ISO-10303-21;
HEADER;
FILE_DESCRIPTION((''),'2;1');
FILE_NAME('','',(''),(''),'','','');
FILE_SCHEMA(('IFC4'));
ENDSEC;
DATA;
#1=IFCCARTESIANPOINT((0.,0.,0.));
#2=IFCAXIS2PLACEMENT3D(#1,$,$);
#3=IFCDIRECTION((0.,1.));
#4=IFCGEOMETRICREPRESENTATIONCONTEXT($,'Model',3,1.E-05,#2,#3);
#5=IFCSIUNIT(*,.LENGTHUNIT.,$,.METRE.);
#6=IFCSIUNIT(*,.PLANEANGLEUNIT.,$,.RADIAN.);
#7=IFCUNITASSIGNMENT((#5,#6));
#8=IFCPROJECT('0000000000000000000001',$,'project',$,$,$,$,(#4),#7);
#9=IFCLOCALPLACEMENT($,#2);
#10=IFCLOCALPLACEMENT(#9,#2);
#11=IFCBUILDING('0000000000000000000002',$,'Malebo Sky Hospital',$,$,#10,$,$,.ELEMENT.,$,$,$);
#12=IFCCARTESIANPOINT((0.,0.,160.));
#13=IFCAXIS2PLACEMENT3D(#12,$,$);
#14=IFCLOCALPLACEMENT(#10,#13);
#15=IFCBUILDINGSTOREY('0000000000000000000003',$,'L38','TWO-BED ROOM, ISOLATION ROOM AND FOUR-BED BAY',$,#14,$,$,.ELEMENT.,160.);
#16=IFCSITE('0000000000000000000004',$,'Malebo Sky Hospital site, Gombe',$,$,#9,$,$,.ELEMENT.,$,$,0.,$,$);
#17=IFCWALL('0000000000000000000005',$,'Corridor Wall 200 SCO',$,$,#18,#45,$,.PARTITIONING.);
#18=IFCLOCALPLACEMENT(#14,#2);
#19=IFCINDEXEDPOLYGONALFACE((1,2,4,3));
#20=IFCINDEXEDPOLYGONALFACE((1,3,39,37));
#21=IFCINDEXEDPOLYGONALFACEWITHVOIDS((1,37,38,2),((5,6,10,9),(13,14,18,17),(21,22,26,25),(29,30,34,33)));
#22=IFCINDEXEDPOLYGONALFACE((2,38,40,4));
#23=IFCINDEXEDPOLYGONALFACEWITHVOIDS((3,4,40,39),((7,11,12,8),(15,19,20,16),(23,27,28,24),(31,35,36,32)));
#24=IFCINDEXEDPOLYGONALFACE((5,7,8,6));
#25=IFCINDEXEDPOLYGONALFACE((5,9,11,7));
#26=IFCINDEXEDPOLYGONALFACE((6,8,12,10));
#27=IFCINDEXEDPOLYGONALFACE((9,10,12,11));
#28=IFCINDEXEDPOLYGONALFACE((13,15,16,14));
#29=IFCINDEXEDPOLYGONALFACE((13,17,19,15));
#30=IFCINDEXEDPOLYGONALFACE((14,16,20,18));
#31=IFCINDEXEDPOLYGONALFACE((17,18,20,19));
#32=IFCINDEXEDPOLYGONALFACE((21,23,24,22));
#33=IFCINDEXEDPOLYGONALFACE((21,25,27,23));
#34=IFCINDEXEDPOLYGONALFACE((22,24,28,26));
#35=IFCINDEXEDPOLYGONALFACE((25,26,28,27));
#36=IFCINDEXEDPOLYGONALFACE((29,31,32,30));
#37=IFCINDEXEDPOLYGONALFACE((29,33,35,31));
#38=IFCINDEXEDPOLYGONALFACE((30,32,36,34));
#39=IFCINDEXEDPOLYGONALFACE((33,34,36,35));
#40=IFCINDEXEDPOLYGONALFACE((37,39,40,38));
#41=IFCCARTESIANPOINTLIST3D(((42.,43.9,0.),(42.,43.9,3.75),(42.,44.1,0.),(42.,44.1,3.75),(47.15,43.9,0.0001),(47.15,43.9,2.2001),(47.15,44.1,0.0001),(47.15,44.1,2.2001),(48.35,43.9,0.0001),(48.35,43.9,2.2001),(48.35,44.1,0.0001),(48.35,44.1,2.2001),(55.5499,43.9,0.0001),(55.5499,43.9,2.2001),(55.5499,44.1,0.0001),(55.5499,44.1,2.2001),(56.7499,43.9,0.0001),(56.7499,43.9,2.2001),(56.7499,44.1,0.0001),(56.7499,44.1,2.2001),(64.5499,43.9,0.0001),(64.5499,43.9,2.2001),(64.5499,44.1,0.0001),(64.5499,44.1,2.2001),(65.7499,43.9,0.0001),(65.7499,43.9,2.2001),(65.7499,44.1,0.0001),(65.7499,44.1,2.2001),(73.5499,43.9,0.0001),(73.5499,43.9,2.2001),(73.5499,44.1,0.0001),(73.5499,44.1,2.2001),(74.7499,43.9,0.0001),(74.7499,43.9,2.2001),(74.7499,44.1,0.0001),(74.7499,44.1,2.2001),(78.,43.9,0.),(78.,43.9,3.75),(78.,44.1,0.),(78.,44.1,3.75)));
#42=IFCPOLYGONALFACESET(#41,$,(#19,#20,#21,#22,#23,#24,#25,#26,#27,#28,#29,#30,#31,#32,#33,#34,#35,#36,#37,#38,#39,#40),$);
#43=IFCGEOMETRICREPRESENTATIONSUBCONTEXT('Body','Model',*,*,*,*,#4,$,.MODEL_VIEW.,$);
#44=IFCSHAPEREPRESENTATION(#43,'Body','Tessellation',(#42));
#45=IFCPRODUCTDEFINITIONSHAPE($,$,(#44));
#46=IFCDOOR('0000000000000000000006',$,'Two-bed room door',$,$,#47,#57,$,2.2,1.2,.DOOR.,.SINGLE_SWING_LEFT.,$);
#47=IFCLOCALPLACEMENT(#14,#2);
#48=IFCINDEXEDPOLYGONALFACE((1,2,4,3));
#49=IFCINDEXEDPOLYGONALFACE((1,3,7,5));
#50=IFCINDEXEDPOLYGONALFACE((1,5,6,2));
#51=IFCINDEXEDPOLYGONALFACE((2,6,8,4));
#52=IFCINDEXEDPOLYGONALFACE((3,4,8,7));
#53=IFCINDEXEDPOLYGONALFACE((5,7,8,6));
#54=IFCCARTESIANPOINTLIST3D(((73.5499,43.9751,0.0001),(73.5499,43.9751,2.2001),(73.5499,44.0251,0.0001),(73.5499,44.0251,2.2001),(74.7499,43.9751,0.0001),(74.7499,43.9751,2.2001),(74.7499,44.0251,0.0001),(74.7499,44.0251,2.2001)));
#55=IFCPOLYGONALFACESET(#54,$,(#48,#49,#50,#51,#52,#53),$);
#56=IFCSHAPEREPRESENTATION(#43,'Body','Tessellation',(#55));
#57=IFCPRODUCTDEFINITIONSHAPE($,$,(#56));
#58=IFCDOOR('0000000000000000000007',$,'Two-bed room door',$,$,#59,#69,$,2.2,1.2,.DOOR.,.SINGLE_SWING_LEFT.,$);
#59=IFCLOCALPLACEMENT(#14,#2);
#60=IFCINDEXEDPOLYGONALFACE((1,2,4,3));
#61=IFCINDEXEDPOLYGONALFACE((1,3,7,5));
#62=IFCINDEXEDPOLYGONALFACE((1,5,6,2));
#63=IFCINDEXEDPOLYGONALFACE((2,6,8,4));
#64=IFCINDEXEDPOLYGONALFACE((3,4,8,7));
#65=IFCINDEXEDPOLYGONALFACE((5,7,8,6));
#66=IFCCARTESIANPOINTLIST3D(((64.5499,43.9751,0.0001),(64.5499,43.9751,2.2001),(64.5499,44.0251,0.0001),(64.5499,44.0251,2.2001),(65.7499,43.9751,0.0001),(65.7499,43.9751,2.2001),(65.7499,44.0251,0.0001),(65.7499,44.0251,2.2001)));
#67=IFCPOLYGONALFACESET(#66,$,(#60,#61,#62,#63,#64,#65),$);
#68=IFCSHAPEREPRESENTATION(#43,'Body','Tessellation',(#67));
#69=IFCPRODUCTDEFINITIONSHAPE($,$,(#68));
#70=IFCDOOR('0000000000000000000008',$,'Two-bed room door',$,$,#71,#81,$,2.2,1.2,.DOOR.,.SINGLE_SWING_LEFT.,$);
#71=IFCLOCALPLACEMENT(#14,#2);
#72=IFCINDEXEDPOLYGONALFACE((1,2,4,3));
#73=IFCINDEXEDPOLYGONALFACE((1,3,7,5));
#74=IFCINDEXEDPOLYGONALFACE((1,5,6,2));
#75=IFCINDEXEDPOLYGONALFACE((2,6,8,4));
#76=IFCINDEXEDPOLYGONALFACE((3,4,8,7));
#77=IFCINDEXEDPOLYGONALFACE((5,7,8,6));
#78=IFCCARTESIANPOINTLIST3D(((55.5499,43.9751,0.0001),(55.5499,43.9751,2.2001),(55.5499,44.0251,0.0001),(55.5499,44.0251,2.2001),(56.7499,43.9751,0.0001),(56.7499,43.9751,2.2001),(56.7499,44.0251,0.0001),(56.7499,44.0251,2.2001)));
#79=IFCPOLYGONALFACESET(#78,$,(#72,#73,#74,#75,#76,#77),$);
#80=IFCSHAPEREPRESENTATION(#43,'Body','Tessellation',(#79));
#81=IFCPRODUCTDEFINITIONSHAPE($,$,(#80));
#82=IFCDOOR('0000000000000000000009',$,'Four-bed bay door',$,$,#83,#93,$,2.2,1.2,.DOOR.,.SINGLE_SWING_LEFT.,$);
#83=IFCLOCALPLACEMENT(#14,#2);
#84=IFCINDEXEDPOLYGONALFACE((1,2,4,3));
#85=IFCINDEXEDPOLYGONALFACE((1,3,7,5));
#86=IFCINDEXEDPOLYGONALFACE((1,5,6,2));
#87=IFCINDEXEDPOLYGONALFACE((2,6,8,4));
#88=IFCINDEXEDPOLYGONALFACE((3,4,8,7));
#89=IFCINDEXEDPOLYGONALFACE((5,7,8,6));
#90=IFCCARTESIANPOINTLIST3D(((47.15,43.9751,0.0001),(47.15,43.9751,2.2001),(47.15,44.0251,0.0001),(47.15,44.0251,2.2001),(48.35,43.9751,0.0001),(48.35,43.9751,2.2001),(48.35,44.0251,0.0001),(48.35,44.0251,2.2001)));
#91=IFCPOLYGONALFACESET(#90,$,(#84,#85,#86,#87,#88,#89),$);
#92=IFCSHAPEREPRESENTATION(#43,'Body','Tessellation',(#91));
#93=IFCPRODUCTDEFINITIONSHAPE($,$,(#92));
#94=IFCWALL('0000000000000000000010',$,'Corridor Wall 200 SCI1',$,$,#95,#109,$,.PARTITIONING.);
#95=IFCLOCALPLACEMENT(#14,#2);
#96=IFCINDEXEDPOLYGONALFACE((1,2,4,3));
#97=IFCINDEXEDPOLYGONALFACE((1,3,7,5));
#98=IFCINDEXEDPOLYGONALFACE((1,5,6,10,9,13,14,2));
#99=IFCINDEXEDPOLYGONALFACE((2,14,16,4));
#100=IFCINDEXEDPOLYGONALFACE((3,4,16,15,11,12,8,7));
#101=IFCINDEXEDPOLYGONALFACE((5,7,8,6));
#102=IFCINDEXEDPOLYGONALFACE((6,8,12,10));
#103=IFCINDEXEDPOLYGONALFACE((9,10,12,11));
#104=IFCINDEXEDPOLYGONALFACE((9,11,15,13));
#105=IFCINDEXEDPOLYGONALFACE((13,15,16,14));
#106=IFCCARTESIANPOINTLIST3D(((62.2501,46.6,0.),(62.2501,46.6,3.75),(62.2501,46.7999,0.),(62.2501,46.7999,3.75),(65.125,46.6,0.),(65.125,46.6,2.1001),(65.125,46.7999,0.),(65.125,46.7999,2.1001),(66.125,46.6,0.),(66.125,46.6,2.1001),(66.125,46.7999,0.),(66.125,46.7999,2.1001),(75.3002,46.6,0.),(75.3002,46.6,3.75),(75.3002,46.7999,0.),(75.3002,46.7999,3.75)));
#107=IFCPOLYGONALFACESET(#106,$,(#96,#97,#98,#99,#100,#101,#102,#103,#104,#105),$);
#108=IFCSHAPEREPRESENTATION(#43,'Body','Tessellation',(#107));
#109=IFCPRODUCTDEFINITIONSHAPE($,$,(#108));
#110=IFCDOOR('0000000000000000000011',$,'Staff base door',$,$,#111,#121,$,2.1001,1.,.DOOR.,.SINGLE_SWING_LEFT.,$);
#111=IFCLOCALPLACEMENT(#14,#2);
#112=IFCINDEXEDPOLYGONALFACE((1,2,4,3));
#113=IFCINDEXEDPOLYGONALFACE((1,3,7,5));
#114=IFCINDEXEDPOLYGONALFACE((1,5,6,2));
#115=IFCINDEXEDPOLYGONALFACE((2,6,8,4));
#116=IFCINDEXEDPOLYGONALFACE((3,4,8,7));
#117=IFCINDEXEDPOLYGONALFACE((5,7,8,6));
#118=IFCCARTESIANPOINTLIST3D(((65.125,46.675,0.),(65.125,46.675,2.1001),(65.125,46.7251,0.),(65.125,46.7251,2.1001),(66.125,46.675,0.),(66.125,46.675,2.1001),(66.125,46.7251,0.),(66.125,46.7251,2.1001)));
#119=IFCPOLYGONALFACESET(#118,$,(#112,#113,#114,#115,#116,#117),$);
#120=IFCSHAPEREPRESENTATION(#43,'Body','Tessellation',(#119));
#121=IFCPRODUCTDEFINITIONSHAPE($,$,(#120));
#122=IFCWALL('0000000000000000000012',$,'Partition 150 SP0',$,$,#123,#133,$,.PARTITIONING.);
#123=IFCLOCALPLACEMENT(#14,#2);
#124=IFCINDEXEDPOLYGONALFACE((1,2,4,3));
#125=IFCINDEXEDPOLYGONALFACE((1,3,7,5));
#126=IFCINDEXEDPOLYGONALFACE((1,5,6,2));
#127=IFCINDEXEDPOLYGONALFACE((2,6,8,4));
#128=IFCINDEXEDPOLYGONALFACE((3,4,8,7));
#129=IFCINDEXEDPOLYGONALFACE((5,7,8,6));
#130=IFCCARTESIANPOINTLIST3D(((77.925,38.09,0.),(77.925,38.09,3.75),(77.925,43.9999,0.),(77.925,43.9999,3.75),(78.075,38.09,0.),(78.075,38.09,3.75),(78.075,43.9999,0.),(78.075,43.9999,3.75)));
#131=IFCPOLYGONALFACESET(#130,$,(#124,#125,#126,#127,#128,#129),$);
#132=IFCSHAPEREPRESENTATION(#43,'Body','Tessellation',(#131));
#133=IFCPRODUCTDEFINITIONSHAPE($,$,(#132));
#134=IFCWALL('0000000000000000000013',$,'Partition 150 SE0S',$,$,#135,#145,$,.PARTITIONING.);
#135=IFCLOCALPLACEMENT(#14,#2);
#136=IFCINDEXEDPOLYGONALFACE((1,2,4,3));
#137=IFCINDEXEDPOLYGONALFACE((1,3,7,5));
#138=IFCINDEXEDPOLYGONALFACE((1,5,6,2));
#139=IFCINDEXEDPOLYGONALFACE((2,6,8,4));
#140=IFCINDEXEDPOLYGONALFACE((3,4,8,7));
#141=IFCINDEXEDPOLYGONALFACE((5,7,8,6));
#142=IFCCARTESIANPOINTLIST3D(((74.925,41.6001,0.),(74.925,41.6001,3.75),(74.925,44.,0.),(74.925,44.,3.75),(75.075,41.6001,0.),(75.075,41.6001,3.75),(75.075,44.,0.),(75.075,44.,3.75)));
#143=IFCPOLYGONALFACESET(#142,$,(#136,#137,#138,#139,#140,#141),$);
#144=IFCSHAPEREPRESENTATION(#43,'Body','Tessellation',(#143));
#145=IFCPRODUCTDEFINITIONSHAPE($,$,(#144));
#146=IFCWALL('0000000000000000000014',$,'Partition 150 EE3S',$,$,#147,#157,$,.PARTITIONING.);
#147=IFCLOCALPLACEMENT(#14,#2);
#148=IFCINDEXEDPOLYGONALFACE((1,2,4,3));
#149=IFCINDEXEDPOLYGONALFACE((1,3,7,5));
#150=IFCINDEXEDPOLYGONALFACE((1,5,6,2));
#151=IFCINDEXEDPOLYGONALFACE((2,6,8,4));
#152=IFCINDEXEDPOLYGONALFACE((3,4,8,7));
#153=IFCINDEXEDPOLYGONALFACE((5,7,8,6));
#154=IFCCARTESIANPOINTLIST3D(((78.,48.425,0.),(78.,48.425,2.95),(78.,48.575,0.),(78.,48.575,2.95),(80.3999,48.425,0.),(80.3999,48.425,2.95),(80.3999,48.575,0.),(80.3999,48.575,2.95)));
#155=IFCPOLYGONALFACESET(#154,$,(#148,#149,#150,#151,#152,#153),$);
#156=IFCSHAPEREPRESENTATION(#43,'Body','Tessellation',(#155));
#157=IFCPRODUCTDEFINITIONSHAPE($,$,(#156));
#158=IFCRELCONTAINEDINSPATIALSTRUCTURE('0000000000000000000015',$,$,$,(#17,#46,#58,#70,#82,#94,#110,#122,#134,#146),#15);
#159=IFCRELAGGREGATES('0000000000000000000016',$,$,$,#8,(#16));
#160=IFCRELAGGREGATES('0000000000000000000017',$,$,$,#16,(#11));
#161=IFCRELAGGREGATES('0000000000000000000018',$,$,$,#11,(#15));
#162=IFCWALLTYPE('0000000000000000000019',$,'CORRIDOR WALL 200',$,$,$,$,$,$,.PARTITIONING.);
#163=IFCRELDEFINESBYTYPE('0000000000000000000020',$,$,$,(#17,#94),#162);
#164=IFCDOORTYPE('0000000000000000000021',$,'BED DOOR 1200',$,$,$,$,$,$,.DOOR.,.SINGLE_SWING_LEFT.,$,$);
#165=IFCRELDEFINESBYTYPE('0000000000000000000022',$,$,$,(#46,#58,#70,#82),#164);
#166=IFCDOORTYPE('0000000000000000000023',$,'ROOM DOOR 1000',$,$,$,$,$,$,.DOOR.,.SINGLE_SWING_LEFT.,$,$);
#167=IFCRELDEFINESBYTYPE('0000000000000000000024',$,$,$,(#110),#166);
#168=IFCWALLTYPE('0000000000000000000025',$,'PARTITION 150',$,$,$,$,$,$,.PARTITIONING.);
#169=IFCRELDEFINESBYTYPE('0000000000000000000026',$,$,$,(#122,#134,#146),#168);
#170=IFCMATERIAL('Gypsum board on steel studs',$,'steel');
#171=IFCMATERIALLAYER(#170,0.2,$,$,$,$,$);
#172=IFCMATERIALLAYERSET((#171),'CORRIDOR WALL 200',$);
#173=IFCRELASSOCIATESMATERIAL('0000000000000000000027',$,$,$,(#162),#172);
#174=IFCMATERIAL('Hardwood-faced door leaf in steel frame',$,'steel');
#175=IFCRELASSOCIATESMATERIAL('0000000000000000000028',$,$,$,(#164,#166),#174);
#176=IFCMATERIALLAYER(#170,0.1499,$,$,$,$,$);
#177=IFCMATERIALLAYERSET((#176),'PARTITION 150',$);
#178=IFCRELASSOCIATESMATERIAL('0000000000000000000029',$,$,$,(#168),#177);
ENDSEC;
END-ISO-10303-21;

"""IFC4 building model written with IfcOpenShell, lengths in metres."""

from ifc_helpers import new_model, si_unit, direction, frame, frame_2d, origin, place, context, subcontext, project, spatial, rectangle, extrude, material, layer, layer_set, type_object, element, fill, save


model = new_model("IFC4")

# Units and contexts
model_context = context("Model", 3, precision=1e-05, world=origin(), true_north=direction((0.0, 1.0)))
body_context = subcontext(model_context, "Body", "Model", "MODEL_VIEW")
ifc_project = project(units=[si_unit("LENGTHUNIT", "METRE"), si_unit("PLANEANGLEUNIT", "RADIAN")], contexts=[model_context])

# Site, building, storey
site_placement = place(None, origin())
site = spatial("IfcSite", under=ifc_project, at=site_placement, Name="Malebo Sky Hospital site, Gombe", CompositionType="ELEMENT", RefElevation=0.0)
building_placement = place(site_placement, origin())
building = spatial("IfcBuilding", under=site, at=building_placement, Name="Malebo Sky Hospital", CompositionType="ELEMENT")
storey_placement = place(building_placement, frame((0.0, 0.0, 160.0)))
storey = spatial("IfcBuildingStorey", under=building, at=storey_placement, Name="L38", Description="TWO-BED ROOM, ISOLATION ROOM AND FOUR-BED BAY", CompositionType="ELEMENT", Elevation=160.0)

# Wall, openings, doors
ifc_material_1 = material(Name="Gypsum board on steel studs", Category="steel")
ifc_layer_1 = layer(ifc_material_1, 0.2)
ifc_layer_set_1 = layer_set([ifc_layer_1], Name="CORRIDOR WALL 200")
wall_type_1 = type_object("IfcWallType", Name="CORRIDOR WALL 200", PredefinedType="PARTITIONING", material=ifc_layer_set_1)
wall_1_placement = place(storey_placement, frame((78.0, 44.0, 0.0), z_axis=(0.0, 0.0, 1.0), x_axis=(-1.0, 0.0, 0.0)))
wall_1 = element("IfcWall", 1, at=wall_1_placement, inside=storey, type_object=wall_type_1, Name="Corridor Wall 200 SCO", PredefinedType="PARTITIONING", context=body_context, shape_type="SweptSolid", body=[
    extrude(rectangle(XDim=36.0, YDim=0.2, at=frame_2d((18.0, 0.0))), origin(), (0.0, 0.0, 1.0), 3.75),
])
opening_1_placement = place(wall_1_placement, frame((3.25, 0.0, 0.0)))
opening_1 = element("IfcOpeningElement", 2, at=opening_1_placement, cuts=wall_1, PredefinedType="OPENING", context=body_context, shape_type="SweptSolid", body=[
    extrude(rectangle(XDim=1.2, YDim=2.2, at=frame_2d((0.6001, 1.1001))), frame((0.0, 0.1099, 0.0), z_axis=(0.0, -1.0, 0.0), x_axis=(1.0, 0.0, 0.0)), (0.0, 0.0, 1.0), 0.22),
])
opening_2_placement = place(wall_1_placement, frame((12.25, 0.0, 0.0)))
opening_2 = element("IfcOpeningElement", 3, at=opening_2_placement, cuts=wall_1, PredefinedType="OPENING", context=body_context, shape_type="SweptSolid", body=[
    extrude(rectangle(XDim=1.2, YDim=2.2, at=frame_2d((0.6001, 1.1001))), frame((0.0, 0.1099, 0.0), z_axis=(0.0, -1.0, 0.0), x_axis=(1.0, 0.0, 0.0)), (0.0, 0.0, 1.0), 0.22),
])
opening_3_placement = place(wall_1_placement, frame((21.25, 0.0, 0.0)))
opening_3 = element("IfcOpeningElement", 4, at=opening_3_placement, cuts=wall_1, PredefinedType="OPENING", context=body_context, shape_type="SweptSolid", body=[
    extrude(rectangle(XDim=1.2, YDim=2.2, at=frame_2d((0.6001, 1.1001))), frame((0.0, 0.1099, 0.0), z_axis=(0.0, -1.0, 0.0), x_axis=(1.0, 0.0, 0.0)), (0.0, 0.0, 1.0), 0.22),
])
opening_4_placement = place(wall_1_placement, frame((29.6499, 0.0, 0.0)))
opening_4 = element("IfcOpeningElement", 5, at=opening_4_placement, cuts=wall_1, PredefinedType="OPENING", context=body_context, shape_type="SweptSolid", body=[
    extrude(rectangle(XDim=1.2, YDim=2.2, at=frame_2d((0.6001, 1.1001))), frame((0.0, 0.1099, 0.0), z_axis=(0.0, -1.0, 0.0), x_axis=(1.0, 0.0, 0.0)), (0.0, 0.0, 1.0), 0.22),
])
ifc_material_2 = material(Name="Hardwood-faced door leaf in steel frame", Category="steel")
door_type_1 = type_object("IfcDoorType", Name="BED DOOR 1200", OperationType="SINGLE_SWING_LEFT", PredefinedType="DOOR", material=ifc_material_2)
door_1_placement = place(opening_1_placement, origin())
door_1 = element("IfcDoor", 6, at=door_1_placement, inside=storey, type_object=door_type_1, Name="Two-bed room door", OperationType="SINGLE_SWING_LEFT", OverallHeight=2.2, OverallWidth=1.2, PredefinedType="DOOR", context=body_context, shape_type="SweptSolid", body=[
    extrude(rectangle(XDim=1.2, YDim=2.2, at=frame_2d((0.6001, 1.1001))), frame((0.0, 0.0249, 0.0), z_axis=(0.0, -1.0, 0.0), x_axis=(1.0, 0.0, 0.0)), (0.0, 0.0, 1.0), 0.05),
])
fill(opening_1, door_1)
door_2_placement = place(opening_2_placement, origin())
door_2 = element("IfcDoor", 7, at=door_2_placement, inside=storey, type_object=door_type_1, Name="Two-bed room door", OperationType="SINGLE_SWING_LEFT", OverallHeight=2.2, OverallWidth=1.2, PredefinedType="DOOR", context=body_context, shape_type="SweptSolid", body=[
    extrude(rectangle(XDim=1.2, YDim=2.2, at=frame_2d((0.6001, 1.1001))), frame((0.0, 0.0249, 0.0), z_axis=(0.0, -1.0, 0.0), x_axis=(1.0, 0.0, 0.0)), (0.0, 0.0, 1.0), 0.05),
])
fill(opening_2, door_2)
door_3_placement = place(opening_3_placement, origin())
door_3 = element("IfcDoor", 8, at=door_3_placement, inside=storey, type_object=door_type_1, Name="Two-bed room door", OperationType="SINGLE_SWING_LEFT", OverallHeight=2.2, OverallWidth=1.2, PredefinedType="DOOR", context=body_context, shape_type="SweptSolid", body=[
    extrude(rectangle(XDim=1.2, YDim=2.2, at=frame_2d((0.6001, 1.1001))), frame((0.0, 0.0249, 0.0), z_axis=(0.0, -1.0, 0.0), x_axis=(1.0, 0.0, 0.0)), (0.0, 0.0, 1.0), 0.05),
])
fill(opening_3, door_3)
door_4_placement = place(opening_4_placement, origin())
door_4 = element("IfcDoor", 9, at=door_4_placement, inside=storey, type_object=door_type_1, Name="Four-bed bay door", OperationType="SINGLE_SWING_LEFT", OverallHeight=2.2, OverallWidth=1.2, PredefinedType="DOOR", context=body_context, shape_type="SweptSolid", body=[
    extrude(rectangle(XDim=1.2, YDim=2.2, at=frame_2d((0.6001, 1.1001))), frame((0.0, 0.0249, 0.0), z_axis=(0.0, -1.0, 0.0), x_axis=(1.0, 0.0, 0.0)), (0.0, 0.0, 1.0), 0.05),
])
fill(opening_4, door_4)

# Wall, opening, door
wall_2_placement = place(storey_placement, frame((75.3, 46.7, 0.0), z_axis=(0.0, 0.0, 1.0), x_axis=(-1.0, 0.0, 0.0)))
wall_2 = element("IfcWall", 10, at=wall_2_placement, inside=storey, type_object=wall_type_1, Name="Corridor Wall 200 SCI1", PredefinedType="PARTITIONING", context=body_context, shape_type="SweptSolid", body=[
    extrude(rectangle(XDim=13.05, YDim=0.2, at=frame_2d((6.5249, 0.0))), origin(), (0.0, 0.0, 1.0), 3.75),
])
opening_5_placement = place(wall_2_placement, frame((9.175, 0.0, 0.0)))
opening_5 = element("IfcOpeningElement", 11, at=opening_5_placement, cuts=wall_2, PredefinedType="OPENING", context=body_context, shape_type="SweptSolid", body=[
    extrude(rectangle(XDim=1.0, YDim=2.1001, at=frame_2d((0.5, 1.05))), frame((0.0, 0.1099, 0.0), z_axis=(0.0, -1.0, 0.0), x_axis=(1.0, 0.0, 0.0)), (0.0, 0.0, 1.0), 0.22),
])
door_type_2 = type_object("IfcDoorType", Name="ROOM DOOR 1000", OperationType="SINGLE_SWING_LEFT", PredefinedType="DOOR", material=ifc_material_2)
door_5_placement = place(opening_5_placement, origin())
door_5 = element("IfcDoor", 12, at=door_5_placement, inside=storey, type_object=door_type_2, Name="Staff base door", OperationType="SINGLE_SWING_LEFT", OverallHeight=2.1001, OverallWidth=1.0, PredefinedType="DOOR", context=body_context, shape_type="SweptSolid", body=[
    extrude(rectangle(XDim=1.0, YDim=2.1001, at=frame_2d((0.5, 1.05))), frame((0.0, 0.0249, 0.0), z_axis=(0.0, -1.0, 0.0), x_axis=(1.0, 0.0, 0.0)), (0.0, 0.0, 1.0), 0.05),
])
fill(opening_5, door_5)

# Walls
ifc_layer_2 = layer(ifc_material_1, 0.1499)
ifc_layer_set_2 = layer_set([ifc_layer_2], Name="PARTITION 150")
wall_type_2 = type_object("IfcWallType", Name="PARTITION 150", PredefinedType="PARTITIONING", material=ifc_layer_set_2)
wall_3_placement = place(storey_placement, frame((78.0, 44.0, 0.0), z_axis=(0.0, 0.0, 1.0), x_axis=(0.0, -1.0, 0.0)))
element("IfcWall", 13, at=wall_3_placement, inside=storey, type_object=wall_type_2, Name="Partition 150 SP0", PredefinedType="PARTITIONING", context=body_context, shape_type="SweptSolid", body=[
    extrude(rectangle(XDim=5.9099, YDim=0.1499, at=frame_2d((2.9551, 0.0))), origin(), (0.0, 0.0, 1.0), 3.75),
])
wall_4_placement = place(storey_placement, frame((75.0, 44.0, 0.0), z_axis=(0.0, 0.0, 1.0), x_axis=(0.0, -1.0, 0.0)))
element("IfcWall", 14, at=wall_4_placement, inside=storey, type_object=wall_type_2, Name="Partition 150 SE0S", PredefinedType="PARTITIONING", context=body_context, shape_type="SweptSolid", body=[
    extrude(rectangle(XDim=2.3999, YDim=0.1499, at=frame_2d((1.2, 0.0))), origin(), (0.0, 0.0, 1.0), 3.75),
])
wall_5_placement = place(storey_placement, frame((78.0, 48.5, 0.0), z_axis=(0.0, 0.0, 1.0), x_axis=(1.0, 0.0, 0.0)))
element("IfcWall", 15, at=wall_5_placement, inside=storey, type_object=wall_type_2, Name="Partition 150 EE3S", PredefinedType="PARTITIONING", context=body_context, shape_type="SweptSolid", body=[
    extrude(rectangle(XDim=2.3999, YDim=0.1499, at=frame_2d((1.2, 0.0))), origin(), (0.0, 0.0, 1.0), 2.95),
])

save(model, "model.ifc")
